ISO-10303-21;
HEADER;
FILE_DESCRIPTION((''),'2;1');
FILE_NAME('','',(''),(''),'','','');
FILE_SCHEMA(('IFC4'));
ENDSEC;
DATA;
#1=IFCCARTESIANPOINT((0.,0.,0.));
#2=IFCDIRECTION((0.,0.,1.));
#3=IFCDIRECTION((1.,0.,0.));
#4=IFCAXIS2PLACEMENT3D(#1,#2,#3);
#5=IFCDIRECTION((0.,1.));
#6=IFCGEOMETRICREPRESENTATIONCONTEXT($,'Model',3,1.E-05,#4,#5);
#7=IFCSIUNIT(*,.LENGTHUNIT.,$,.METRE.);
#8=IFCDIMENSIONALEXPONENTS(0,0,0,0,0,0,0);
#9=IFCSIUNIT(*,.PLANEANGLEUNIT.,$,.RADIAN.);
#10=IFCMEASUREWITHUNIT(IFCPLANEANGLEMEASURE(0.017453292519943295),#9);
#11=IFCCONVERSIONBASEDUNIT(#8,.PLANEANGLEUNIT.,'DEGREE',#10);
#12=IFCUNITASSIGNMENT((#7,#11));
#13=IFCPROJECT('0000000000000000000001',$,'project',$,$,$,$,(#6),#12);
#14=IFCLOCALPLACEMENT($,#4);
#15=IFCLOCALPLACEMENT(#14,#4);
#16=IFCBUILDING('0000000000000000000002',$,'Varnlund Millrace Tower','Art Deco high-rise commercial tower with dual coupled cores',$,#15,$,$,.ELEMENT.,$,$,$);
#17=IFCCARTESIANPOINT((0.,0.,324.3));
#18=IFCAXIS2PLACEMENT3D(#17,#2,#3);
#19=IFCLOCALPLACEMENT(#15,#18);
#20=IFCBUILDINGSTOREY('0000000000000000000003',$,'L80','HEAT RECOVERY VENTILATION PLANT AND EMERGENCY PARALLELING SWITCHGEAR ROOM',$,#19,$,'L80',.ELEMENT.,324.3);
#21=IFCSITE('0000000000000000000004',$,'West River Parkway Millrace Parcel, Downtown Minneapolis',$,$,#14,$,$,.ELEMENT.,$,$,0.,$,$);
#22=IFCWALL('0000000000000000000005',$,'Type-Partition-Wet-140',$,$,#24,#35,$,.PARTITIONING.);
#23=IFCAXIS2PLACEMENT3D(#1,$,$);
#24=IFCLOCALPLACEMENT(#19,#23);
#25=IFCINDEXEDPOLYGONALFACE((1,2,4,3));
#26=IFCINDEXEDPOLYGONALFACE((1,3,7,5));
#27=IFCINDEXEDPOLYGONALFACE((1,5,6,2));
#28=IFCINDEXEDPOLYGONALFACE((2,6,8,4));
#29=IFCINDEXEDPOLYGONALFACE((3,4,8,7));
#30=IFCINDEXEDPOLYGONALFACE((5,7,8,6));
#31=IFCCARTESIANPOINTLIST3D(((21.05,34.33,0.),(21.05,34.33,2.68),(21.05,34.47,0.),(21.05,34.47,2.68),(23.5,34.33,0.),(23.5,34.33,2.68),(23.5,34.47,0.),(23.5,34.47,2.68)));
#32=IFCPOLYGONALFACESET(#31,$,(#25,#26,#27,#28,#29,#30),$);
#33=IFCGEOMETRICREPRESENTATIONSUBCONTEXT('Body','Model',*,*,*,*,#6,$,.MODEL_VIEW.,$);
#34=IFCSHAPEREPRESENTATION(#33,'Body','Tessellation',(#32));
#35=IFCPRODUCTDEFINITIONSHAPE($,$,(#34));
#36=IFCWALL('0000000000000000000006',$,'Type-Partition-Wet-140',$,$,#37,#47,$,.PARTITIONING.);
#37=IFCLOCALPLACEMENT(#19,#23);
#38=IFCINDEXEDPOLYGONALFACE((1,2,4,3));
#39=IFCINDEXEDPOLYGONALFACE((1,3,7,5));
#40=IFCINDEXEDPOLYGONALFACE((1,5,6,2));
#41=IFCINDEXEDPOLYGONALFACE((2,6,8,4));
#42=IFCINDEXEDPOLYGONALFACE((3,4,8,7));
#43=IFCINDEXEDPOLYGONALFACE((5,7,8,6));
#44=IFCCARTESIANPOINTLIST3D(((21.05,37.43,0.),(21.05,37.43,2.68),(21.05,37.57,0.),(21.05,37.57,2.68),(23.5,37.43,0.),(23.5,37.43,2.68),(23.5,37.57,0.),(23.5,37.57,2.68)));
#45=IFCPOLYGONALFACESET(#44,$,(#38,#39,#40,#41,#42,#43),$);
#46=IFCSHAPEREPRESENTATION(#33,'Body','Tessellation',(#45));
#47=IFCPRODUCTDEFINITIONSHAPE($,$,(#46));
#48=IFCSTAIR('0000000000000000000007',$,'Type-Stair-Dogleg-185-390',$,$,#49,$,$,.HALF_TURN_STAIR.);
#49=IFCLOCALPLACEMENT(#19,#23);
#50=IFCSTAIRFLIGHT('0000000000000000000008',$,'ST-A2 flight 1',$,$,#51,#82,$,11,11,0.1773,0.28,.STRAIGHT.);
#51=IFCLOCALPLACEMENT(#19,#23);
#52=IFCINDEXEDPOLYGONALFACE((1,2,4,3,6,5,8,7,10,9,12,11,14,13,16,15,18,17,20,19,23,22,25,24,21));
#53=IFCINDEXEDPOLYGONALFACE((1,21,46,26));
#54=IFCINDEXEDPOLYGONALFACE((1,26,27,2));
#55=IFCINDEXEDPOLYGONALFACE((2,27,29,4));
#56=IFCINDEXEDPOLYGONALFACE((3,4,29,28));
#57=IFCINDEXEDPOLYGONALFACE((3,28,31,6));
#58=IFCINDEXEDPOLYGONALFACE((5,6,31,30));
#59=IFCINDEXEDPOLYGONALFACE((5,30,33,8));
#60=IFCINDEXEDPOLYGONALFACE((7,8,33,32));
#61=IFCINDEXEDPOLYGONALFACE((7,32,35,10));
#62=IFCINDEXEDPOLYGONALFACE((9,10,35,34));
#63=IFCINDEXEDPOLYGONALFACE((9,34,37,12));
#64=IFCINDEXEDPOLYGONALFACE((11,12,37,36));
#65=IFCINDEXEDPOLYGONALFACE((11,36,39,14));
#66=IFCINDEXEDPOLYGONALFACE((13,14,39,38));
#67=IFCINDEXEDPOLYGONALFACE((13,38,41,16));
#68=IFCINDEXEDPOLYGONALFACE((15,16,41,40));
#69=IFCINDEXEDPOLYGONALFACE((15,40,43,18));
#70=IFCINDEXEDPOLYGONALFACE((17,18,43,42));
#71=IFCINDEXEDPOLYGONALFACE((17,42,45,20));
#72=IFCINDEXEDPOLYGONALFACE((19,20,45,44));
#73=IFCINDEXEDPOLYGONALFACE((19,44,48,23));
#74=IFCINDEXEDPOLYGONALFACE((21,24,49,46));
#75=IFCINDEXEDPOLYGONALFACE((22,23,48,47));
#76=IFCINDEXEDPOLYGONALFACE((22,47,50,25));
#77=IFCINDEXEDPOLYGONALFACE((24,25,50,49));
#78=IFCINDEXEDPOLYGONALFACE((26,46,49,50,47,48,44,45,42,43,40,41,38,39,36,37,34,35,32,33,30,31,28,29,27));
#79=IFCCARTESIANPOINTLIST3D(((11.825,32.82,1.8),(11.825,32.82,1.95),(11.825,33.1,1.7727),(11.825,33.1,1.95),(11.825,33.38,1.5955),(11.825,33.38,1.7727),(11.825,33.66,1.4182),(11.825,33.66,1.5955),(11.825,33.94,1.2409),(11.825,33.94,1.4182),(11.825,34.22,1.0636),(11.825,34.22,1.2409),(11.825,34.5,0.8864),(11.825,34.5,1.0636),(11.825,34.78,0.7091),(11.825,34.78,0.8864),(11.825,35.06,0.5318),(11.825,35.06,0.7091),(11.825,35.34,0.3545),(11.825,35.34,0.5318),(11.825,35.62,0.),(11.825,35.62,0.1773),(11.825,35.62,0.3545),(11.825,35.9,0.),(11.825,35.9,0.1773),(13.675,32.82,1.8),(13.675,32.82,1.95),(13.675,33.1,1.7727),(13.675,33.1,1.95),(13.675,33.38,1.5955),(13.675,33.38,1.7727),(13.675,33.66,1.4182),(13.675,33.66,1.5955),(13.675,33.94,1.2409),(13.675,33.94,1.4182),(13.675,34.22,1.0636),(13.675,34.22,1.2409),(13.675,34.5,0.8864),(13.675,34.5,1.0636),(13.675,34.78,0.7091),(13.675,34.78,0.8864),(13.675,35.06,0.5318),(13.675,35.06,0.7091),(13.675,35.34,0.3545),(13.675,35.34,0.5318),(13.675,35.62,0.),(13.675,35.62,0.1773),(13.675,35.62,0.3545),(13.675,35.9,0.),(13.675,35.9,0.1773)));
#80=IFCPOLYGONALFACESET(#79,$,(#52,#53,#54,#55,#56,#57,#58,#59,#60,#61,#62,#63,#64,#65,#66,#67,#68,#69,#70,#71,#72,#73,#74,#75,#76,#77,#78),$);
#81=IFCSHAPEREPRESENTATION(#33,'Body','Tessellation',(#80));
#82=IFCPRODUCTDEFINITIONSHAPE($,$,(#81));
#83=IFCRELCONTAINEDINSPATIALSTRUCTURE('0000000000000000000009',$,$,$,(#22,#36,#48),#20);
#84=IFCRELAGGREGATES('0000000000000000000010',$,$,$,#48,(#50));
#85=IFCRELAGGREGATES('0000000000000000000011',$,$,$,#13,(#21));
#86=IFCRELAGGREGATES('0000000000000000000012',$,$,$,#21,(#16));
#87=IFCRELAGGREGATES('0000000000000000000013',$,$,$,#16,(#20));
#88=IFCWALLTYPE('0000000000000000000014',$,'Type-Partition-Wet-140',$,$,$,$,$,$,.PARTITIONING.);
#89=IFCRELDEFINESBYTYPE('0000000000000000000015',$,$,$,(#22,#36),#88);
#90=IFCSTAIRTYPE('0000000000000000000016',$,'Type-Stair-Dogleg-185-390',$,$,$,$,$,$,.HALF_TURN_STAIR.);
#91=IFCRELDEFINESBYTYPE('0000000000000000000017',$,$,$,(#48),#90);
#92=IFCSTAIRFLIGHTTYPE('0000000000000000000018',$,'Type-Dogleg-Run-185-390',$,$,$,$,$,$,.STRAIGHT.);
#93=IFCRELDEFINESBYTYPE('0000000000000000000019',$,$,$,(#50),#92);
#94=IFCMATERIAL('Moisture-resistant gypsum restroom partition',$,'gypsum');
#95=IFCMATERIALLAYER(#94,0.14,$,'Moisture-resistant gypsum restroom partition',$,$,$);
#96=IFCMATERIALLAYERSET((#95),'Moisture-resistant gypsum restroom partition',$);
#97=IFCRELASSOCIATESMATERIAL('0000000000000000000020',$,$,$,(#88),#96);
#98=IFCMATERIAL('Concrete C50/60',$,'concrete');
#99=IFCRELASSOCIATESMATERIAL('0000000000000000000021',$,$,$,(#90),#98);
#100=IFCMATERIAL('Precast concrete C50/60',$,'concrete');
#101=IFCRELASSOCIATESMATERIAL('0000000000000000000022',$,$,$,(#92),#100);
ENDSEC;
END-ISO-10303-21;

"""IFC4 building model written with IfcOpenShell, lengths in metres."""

from ifc_helpers import new_model, entity, si_unit, converted_unit, direction, frame, origin_with_axes, place, context, subcontext, project, spatial, polyline, outline, extrude, material, layer, layer_set, type_object, element, aggregate, save


model = new_model("IFC4")

# Units and contexts
model_context = context("Model", 3, precision=1e-05, world=origin_with_axes(), true_north=direction((0.0, 1.0)))
body_context = subcontext(model_context, "Body", "Model", "MODEL_VIEW")
ifc_project = project(units=[si_unit("LENGTHUNIT", "METRE"), converted_unit("PLANEANGLEUNIT", "DEGREE", entity("IfcPlaneAngleMeasure", 0.017453292519943295), si_unit("PLANEANGLEUNIT", "RADIAN"), dimensions=[0, 0, 0, 0, 0, 0, 0])], contexts=[model_context])

# Site, building, storey
site_placement = place(None, origin_with_axes())
site = spatial("IfcSite", under=ifc_project, at=site_placement, Name="West River Parkway Millrace Parcel, Downtown Minneapolis", CompositionType="ELEMENT", RefElevation=0.0)
building_placement = place(site_placement, origin_with_axes())
building = spatial("IfcBuilding", under=site, at=building_placement, Name="Varnlund Millrace Tower", Description="Art Deco high-rise commercial tower with dual coupled cores", CompositionType="ELEMENT")
storey_placement = place(building_placement, frame((0.0, 0.0, 324.3), z_axis=(0.0, 0.0, 1.0), x_axis=(1.0, 0.0, 0.0)))
storey = spatial("IfcBuildingStorey", under=building, at=storey_placement, Name="L80", Description="HEAT RECOVERY VENTILATION PLANT AND EMERGENCY PARALLELING SWITCHGEAR ROOM", LongName="L80", CompositionType="ELEMENT", Elevation=324.3)

# Shared definitions
ifc_material_1 = material(Name="Precast concrete C50/60", Category="concrete")

# Walls
ifc_material_2 = material(Name="Moisture-resistant gypsum restroom partition", Category="gypsum")
ifc_layer_1 = layer(ifc_material_2, 0.14, Name="Moisture-resistant gypsum restroom partition")
ifc_layer_set_1 = layer_set([ifc_layer_1], Name="Moisture-resistant gypsum restroom partition")
wall_type_1 = type_object("IfcWallType", Name="Type-Partition-Wet-140", PredefinedType="PARTITIONING", material=ifc_layer_set_1)
for number, where, z_axis, x_axis, name in (
    (1, (21.05, 34.4, 0.0), (0.0, 0.0, 1.0), (1.0, 0.0, 0.0), "Type-Partition-Wet-140"),
    (2, (21.05, 37.5, 0.0), (0.0, 0.0, 1.0), (1.0, 0.0, 0.0), "Type-Partition-Wet-140"),
):
    element("IfcWall", number, at=place(storey_placement, frame(where, z_axis=z_axis, x_axis=x_axis)), inside=storey, type_object=wall_type_1, Name=name, PredefinedType="PARTITIONING", context=body_context, shape_type="SweptSolid", body=[
        extrude(outline(polyline([(0.0, -0.07), (2.45, -0.07), (2.45, 0.07), (0.0, 0.07), (0.0, -0.07)])), origin_with_axes(), (0.0, 0.0, 1.0), 2.68),
    ])

# Stair, stair flight
ifc_material_3 = material(Name="Concrete C50/60", Category="concrete")
stair_type = type_object("IfcStairType", Name="Type-Stair-Dogleg-185-390", PredefinedType="HALF_TURN_STAIR", material=ifc_material_3)
stair_placement = place(storey_placement, origin_with_axes())
stair = element("IfcStair", 3, at=stair_placement, inside=storey, type_object=stair_type, Name="Type-Stair-Dogleg-185-390", PredefinedType="HALF_TURN_STAIR")
stair_flight_type = type_object("IfcStairFlightType", Name="Type-Dogleg-Run-185-390", PredefinedType="STRAIGHT", material=ifc_material_1)
stair_flight_placement = place(storey_placement, frame((13.675, 35.9, 0.0), z_axis=(-1.0, 0.0, 0.0), x_axis=(0.0, -1.0, 0.0)))
stair_flight = element("IfcStairFlight", 4, at=stair_flight_placement, type_object=stair_flight_type, Name="ST-A2 flight 1", NumberOfRisers=11, NumberOfTreads=11, PredefinedType="STRAIGHT", RiserHeight=0.1773, TreadLength=0.28, context=body_context, shape_type="SweptSolid", body=[
    extrude(outline(polyline([(0.0, 0.0), (0.0, 0.1773), (0.28, 0.1773), (0.28, 0.3545), (0.56, 0.3545), (0.56, 0.5318), (0.84, 0.5318), (0.84, 0.7091), (1.12, 0.7091), (1.12, 0.8864), (1.4, 0.8864), (1.4, 1.0636), (1.68, 1.0636), (1.68, 1.2409), (1.96, 1.2409), (1.96, 1.4182), (2.24, 1.4182), (2.24, 1.5955), (2.52, 1.5955), (2.52, 1.7727), (2.8, 1.7727), (2.8, 1.95), (3.08, 1.95), (3.08, 1.8), (0.28, 0.0), (0.0, 0.0)])), origin_with_axes(), (0.0, 0.0, 1.0), 1.85),
])
aggregate(stair, [stair_flight])

save(model, "model.ifc")
